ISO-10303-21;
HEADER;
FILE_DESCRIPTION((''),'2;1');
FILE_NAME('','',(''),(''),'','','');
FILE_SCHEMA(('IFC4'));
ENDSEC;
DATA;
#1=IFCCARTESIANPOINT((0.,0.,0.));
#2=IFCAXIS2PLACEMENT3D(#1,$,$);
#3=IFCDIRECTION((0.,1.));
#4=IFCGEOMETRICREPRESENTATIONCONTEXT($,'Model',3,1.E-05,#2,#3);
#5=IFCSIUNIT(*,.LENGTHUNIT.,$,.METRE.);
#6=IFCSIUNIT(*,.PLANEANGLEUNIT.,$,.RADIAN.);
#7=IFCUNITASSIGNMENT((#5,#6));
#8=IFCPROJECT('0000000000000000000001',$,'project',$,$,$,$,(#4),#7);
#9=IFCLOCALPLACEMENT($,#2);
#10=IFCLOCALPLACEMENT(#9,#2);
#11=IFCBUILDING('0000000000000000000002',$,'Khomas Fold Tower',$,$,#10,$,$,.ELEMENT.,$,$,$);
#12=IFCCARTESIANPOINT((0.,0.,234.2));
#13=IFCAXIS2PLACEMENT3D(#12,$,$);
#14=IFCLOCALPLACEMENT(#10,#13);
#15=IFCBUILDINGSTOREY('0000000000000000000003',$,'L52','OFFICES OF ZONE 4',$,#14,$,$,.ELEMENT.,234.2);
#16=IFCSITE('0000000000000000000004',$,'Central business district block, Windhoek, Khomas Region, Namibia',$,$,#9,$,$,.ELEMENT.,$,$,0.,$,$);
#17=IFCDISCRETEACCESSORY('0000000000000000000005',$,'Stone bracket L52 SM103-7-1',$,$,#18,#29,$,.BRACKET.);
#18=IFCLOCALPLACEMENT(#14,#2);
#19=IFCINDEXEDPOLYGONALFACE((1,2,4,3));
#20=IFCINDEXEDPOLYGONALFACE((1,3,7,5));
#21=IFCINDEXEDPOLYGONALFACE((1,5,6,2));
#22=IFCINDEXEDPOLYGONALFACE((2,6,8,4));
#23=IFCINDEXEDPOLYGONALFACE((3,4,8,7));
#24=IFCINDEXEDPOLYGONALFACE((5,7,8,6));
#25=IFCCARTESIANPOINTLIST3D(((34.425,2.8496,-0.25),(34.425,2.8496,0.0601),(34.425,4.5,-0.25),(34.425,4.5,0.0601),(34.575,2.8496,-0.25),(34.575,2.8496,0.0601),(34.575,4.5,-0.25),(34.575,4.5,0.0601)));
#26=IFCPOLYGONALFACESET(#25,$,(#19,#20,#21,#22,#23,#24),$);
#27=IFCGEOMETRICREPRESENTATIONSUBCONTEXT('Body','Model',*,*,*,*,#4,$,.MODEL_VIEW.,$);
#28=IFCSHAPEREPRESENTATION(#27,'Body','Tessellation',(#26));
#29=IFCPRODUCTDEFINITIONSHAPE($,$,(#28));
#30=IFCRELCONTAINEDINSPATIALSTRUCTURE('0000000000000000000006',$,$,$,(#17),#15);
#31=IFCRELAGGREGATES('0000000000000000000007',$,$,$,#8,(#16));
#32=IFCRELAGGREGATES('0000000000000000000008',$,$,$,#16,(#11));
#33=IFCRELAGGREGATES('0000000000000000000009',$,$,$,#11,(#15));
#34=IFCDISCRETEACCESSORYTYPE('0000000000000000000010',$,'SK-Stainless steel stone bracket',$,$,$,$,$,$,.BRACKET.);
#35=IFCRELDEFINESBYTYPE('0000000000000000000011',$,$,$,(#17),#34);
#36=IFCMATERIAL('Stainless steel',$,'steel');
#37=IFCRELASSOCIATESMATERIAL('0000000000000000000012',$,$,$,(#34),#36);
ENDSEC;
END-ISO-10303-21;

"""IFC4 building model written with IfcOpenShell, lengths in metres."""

from ifc_helpers import new_model, si_unit, direction, frame, origin, origin_2d, place, context, subcontext, project, spatial, rectangle, extrude, source, transform, mapped, material, type_object, element, save


model = new_model("IFC4")

# Units and contexts
model_context = context("Model", 3, precision=1e-05, world=origin(), true_north=direction((0.0, 1.0)))
body_context = subcontext(model_context, "Body", "Model", "MODEL_VIEW")
ifc_project = project(units=[si_unit("LENGTHUNIT", "METRE"), si_unit("PLANEANGLEUNIT", "RADIAN")], contexts=[model_context])

# Site, building, storey
site_placement = place(None, origin())
site = spatial("IfcSite", under=ifc_project, at=site_placement, Name="Central business district block, Windhoek, Khomas Region, Namibia", CompositionType="ELEMENT", RefElevation=0.0)
building_placement = place(site_placement, origin())
building = spatial("IfcBuilding", under=site, at=building_placement, Name="Khomas Fold Tower", CompositionType="ELEMENT")
storey_placement = place(building_placement, frame((0.0, 0.0, 234.2)))
storey = spatial("IfcBuildingStorey", under=building, at=storey_placement, Name="L52", Description="OFFICES OF ZONE 4", CompositionType="ELEMENT", Elevation=234.2)

# Discrete accessory
ifc_material_1 = material(Name="Stainless steel", Category="steel")
discrete_accessory_type = type_object("IfcDiscreteAccessoryType", Name="SK-Stainless steel stone bracket", PredefinedType="BRACKET", material=ifc_material_1)
shared_shape_1 = source(origin(), body_context, "Body", "SweptSolid", [
    extrude(rectangle(XDim=1.6504, YDim=0.1499, at=origin_2d()), origin(), (0.0, 0.0, 1.0), 0.3101),
])
discrete_accessory_placement = place(storey_placement, frame((34.5, 3.6748, -0.25), z_axis=(0.0, 0.0, 1.0), x_axis=(0.0, -1.0, 0.0)))
element("IfcDiscreteAccessory", 1, at=discrete_accessory_placement, inside=storey, type_object=discrete_accessory_type, Name="Stone bracket L52 SM103-7-1", PredefinedType="BRACKET", context=body_context, shape_type="MappedRepresentation", body=[
    mapped(shared_shape_1, transform((0.0, 0.0, 0.0))),
])

save(model, "model.ifc")
